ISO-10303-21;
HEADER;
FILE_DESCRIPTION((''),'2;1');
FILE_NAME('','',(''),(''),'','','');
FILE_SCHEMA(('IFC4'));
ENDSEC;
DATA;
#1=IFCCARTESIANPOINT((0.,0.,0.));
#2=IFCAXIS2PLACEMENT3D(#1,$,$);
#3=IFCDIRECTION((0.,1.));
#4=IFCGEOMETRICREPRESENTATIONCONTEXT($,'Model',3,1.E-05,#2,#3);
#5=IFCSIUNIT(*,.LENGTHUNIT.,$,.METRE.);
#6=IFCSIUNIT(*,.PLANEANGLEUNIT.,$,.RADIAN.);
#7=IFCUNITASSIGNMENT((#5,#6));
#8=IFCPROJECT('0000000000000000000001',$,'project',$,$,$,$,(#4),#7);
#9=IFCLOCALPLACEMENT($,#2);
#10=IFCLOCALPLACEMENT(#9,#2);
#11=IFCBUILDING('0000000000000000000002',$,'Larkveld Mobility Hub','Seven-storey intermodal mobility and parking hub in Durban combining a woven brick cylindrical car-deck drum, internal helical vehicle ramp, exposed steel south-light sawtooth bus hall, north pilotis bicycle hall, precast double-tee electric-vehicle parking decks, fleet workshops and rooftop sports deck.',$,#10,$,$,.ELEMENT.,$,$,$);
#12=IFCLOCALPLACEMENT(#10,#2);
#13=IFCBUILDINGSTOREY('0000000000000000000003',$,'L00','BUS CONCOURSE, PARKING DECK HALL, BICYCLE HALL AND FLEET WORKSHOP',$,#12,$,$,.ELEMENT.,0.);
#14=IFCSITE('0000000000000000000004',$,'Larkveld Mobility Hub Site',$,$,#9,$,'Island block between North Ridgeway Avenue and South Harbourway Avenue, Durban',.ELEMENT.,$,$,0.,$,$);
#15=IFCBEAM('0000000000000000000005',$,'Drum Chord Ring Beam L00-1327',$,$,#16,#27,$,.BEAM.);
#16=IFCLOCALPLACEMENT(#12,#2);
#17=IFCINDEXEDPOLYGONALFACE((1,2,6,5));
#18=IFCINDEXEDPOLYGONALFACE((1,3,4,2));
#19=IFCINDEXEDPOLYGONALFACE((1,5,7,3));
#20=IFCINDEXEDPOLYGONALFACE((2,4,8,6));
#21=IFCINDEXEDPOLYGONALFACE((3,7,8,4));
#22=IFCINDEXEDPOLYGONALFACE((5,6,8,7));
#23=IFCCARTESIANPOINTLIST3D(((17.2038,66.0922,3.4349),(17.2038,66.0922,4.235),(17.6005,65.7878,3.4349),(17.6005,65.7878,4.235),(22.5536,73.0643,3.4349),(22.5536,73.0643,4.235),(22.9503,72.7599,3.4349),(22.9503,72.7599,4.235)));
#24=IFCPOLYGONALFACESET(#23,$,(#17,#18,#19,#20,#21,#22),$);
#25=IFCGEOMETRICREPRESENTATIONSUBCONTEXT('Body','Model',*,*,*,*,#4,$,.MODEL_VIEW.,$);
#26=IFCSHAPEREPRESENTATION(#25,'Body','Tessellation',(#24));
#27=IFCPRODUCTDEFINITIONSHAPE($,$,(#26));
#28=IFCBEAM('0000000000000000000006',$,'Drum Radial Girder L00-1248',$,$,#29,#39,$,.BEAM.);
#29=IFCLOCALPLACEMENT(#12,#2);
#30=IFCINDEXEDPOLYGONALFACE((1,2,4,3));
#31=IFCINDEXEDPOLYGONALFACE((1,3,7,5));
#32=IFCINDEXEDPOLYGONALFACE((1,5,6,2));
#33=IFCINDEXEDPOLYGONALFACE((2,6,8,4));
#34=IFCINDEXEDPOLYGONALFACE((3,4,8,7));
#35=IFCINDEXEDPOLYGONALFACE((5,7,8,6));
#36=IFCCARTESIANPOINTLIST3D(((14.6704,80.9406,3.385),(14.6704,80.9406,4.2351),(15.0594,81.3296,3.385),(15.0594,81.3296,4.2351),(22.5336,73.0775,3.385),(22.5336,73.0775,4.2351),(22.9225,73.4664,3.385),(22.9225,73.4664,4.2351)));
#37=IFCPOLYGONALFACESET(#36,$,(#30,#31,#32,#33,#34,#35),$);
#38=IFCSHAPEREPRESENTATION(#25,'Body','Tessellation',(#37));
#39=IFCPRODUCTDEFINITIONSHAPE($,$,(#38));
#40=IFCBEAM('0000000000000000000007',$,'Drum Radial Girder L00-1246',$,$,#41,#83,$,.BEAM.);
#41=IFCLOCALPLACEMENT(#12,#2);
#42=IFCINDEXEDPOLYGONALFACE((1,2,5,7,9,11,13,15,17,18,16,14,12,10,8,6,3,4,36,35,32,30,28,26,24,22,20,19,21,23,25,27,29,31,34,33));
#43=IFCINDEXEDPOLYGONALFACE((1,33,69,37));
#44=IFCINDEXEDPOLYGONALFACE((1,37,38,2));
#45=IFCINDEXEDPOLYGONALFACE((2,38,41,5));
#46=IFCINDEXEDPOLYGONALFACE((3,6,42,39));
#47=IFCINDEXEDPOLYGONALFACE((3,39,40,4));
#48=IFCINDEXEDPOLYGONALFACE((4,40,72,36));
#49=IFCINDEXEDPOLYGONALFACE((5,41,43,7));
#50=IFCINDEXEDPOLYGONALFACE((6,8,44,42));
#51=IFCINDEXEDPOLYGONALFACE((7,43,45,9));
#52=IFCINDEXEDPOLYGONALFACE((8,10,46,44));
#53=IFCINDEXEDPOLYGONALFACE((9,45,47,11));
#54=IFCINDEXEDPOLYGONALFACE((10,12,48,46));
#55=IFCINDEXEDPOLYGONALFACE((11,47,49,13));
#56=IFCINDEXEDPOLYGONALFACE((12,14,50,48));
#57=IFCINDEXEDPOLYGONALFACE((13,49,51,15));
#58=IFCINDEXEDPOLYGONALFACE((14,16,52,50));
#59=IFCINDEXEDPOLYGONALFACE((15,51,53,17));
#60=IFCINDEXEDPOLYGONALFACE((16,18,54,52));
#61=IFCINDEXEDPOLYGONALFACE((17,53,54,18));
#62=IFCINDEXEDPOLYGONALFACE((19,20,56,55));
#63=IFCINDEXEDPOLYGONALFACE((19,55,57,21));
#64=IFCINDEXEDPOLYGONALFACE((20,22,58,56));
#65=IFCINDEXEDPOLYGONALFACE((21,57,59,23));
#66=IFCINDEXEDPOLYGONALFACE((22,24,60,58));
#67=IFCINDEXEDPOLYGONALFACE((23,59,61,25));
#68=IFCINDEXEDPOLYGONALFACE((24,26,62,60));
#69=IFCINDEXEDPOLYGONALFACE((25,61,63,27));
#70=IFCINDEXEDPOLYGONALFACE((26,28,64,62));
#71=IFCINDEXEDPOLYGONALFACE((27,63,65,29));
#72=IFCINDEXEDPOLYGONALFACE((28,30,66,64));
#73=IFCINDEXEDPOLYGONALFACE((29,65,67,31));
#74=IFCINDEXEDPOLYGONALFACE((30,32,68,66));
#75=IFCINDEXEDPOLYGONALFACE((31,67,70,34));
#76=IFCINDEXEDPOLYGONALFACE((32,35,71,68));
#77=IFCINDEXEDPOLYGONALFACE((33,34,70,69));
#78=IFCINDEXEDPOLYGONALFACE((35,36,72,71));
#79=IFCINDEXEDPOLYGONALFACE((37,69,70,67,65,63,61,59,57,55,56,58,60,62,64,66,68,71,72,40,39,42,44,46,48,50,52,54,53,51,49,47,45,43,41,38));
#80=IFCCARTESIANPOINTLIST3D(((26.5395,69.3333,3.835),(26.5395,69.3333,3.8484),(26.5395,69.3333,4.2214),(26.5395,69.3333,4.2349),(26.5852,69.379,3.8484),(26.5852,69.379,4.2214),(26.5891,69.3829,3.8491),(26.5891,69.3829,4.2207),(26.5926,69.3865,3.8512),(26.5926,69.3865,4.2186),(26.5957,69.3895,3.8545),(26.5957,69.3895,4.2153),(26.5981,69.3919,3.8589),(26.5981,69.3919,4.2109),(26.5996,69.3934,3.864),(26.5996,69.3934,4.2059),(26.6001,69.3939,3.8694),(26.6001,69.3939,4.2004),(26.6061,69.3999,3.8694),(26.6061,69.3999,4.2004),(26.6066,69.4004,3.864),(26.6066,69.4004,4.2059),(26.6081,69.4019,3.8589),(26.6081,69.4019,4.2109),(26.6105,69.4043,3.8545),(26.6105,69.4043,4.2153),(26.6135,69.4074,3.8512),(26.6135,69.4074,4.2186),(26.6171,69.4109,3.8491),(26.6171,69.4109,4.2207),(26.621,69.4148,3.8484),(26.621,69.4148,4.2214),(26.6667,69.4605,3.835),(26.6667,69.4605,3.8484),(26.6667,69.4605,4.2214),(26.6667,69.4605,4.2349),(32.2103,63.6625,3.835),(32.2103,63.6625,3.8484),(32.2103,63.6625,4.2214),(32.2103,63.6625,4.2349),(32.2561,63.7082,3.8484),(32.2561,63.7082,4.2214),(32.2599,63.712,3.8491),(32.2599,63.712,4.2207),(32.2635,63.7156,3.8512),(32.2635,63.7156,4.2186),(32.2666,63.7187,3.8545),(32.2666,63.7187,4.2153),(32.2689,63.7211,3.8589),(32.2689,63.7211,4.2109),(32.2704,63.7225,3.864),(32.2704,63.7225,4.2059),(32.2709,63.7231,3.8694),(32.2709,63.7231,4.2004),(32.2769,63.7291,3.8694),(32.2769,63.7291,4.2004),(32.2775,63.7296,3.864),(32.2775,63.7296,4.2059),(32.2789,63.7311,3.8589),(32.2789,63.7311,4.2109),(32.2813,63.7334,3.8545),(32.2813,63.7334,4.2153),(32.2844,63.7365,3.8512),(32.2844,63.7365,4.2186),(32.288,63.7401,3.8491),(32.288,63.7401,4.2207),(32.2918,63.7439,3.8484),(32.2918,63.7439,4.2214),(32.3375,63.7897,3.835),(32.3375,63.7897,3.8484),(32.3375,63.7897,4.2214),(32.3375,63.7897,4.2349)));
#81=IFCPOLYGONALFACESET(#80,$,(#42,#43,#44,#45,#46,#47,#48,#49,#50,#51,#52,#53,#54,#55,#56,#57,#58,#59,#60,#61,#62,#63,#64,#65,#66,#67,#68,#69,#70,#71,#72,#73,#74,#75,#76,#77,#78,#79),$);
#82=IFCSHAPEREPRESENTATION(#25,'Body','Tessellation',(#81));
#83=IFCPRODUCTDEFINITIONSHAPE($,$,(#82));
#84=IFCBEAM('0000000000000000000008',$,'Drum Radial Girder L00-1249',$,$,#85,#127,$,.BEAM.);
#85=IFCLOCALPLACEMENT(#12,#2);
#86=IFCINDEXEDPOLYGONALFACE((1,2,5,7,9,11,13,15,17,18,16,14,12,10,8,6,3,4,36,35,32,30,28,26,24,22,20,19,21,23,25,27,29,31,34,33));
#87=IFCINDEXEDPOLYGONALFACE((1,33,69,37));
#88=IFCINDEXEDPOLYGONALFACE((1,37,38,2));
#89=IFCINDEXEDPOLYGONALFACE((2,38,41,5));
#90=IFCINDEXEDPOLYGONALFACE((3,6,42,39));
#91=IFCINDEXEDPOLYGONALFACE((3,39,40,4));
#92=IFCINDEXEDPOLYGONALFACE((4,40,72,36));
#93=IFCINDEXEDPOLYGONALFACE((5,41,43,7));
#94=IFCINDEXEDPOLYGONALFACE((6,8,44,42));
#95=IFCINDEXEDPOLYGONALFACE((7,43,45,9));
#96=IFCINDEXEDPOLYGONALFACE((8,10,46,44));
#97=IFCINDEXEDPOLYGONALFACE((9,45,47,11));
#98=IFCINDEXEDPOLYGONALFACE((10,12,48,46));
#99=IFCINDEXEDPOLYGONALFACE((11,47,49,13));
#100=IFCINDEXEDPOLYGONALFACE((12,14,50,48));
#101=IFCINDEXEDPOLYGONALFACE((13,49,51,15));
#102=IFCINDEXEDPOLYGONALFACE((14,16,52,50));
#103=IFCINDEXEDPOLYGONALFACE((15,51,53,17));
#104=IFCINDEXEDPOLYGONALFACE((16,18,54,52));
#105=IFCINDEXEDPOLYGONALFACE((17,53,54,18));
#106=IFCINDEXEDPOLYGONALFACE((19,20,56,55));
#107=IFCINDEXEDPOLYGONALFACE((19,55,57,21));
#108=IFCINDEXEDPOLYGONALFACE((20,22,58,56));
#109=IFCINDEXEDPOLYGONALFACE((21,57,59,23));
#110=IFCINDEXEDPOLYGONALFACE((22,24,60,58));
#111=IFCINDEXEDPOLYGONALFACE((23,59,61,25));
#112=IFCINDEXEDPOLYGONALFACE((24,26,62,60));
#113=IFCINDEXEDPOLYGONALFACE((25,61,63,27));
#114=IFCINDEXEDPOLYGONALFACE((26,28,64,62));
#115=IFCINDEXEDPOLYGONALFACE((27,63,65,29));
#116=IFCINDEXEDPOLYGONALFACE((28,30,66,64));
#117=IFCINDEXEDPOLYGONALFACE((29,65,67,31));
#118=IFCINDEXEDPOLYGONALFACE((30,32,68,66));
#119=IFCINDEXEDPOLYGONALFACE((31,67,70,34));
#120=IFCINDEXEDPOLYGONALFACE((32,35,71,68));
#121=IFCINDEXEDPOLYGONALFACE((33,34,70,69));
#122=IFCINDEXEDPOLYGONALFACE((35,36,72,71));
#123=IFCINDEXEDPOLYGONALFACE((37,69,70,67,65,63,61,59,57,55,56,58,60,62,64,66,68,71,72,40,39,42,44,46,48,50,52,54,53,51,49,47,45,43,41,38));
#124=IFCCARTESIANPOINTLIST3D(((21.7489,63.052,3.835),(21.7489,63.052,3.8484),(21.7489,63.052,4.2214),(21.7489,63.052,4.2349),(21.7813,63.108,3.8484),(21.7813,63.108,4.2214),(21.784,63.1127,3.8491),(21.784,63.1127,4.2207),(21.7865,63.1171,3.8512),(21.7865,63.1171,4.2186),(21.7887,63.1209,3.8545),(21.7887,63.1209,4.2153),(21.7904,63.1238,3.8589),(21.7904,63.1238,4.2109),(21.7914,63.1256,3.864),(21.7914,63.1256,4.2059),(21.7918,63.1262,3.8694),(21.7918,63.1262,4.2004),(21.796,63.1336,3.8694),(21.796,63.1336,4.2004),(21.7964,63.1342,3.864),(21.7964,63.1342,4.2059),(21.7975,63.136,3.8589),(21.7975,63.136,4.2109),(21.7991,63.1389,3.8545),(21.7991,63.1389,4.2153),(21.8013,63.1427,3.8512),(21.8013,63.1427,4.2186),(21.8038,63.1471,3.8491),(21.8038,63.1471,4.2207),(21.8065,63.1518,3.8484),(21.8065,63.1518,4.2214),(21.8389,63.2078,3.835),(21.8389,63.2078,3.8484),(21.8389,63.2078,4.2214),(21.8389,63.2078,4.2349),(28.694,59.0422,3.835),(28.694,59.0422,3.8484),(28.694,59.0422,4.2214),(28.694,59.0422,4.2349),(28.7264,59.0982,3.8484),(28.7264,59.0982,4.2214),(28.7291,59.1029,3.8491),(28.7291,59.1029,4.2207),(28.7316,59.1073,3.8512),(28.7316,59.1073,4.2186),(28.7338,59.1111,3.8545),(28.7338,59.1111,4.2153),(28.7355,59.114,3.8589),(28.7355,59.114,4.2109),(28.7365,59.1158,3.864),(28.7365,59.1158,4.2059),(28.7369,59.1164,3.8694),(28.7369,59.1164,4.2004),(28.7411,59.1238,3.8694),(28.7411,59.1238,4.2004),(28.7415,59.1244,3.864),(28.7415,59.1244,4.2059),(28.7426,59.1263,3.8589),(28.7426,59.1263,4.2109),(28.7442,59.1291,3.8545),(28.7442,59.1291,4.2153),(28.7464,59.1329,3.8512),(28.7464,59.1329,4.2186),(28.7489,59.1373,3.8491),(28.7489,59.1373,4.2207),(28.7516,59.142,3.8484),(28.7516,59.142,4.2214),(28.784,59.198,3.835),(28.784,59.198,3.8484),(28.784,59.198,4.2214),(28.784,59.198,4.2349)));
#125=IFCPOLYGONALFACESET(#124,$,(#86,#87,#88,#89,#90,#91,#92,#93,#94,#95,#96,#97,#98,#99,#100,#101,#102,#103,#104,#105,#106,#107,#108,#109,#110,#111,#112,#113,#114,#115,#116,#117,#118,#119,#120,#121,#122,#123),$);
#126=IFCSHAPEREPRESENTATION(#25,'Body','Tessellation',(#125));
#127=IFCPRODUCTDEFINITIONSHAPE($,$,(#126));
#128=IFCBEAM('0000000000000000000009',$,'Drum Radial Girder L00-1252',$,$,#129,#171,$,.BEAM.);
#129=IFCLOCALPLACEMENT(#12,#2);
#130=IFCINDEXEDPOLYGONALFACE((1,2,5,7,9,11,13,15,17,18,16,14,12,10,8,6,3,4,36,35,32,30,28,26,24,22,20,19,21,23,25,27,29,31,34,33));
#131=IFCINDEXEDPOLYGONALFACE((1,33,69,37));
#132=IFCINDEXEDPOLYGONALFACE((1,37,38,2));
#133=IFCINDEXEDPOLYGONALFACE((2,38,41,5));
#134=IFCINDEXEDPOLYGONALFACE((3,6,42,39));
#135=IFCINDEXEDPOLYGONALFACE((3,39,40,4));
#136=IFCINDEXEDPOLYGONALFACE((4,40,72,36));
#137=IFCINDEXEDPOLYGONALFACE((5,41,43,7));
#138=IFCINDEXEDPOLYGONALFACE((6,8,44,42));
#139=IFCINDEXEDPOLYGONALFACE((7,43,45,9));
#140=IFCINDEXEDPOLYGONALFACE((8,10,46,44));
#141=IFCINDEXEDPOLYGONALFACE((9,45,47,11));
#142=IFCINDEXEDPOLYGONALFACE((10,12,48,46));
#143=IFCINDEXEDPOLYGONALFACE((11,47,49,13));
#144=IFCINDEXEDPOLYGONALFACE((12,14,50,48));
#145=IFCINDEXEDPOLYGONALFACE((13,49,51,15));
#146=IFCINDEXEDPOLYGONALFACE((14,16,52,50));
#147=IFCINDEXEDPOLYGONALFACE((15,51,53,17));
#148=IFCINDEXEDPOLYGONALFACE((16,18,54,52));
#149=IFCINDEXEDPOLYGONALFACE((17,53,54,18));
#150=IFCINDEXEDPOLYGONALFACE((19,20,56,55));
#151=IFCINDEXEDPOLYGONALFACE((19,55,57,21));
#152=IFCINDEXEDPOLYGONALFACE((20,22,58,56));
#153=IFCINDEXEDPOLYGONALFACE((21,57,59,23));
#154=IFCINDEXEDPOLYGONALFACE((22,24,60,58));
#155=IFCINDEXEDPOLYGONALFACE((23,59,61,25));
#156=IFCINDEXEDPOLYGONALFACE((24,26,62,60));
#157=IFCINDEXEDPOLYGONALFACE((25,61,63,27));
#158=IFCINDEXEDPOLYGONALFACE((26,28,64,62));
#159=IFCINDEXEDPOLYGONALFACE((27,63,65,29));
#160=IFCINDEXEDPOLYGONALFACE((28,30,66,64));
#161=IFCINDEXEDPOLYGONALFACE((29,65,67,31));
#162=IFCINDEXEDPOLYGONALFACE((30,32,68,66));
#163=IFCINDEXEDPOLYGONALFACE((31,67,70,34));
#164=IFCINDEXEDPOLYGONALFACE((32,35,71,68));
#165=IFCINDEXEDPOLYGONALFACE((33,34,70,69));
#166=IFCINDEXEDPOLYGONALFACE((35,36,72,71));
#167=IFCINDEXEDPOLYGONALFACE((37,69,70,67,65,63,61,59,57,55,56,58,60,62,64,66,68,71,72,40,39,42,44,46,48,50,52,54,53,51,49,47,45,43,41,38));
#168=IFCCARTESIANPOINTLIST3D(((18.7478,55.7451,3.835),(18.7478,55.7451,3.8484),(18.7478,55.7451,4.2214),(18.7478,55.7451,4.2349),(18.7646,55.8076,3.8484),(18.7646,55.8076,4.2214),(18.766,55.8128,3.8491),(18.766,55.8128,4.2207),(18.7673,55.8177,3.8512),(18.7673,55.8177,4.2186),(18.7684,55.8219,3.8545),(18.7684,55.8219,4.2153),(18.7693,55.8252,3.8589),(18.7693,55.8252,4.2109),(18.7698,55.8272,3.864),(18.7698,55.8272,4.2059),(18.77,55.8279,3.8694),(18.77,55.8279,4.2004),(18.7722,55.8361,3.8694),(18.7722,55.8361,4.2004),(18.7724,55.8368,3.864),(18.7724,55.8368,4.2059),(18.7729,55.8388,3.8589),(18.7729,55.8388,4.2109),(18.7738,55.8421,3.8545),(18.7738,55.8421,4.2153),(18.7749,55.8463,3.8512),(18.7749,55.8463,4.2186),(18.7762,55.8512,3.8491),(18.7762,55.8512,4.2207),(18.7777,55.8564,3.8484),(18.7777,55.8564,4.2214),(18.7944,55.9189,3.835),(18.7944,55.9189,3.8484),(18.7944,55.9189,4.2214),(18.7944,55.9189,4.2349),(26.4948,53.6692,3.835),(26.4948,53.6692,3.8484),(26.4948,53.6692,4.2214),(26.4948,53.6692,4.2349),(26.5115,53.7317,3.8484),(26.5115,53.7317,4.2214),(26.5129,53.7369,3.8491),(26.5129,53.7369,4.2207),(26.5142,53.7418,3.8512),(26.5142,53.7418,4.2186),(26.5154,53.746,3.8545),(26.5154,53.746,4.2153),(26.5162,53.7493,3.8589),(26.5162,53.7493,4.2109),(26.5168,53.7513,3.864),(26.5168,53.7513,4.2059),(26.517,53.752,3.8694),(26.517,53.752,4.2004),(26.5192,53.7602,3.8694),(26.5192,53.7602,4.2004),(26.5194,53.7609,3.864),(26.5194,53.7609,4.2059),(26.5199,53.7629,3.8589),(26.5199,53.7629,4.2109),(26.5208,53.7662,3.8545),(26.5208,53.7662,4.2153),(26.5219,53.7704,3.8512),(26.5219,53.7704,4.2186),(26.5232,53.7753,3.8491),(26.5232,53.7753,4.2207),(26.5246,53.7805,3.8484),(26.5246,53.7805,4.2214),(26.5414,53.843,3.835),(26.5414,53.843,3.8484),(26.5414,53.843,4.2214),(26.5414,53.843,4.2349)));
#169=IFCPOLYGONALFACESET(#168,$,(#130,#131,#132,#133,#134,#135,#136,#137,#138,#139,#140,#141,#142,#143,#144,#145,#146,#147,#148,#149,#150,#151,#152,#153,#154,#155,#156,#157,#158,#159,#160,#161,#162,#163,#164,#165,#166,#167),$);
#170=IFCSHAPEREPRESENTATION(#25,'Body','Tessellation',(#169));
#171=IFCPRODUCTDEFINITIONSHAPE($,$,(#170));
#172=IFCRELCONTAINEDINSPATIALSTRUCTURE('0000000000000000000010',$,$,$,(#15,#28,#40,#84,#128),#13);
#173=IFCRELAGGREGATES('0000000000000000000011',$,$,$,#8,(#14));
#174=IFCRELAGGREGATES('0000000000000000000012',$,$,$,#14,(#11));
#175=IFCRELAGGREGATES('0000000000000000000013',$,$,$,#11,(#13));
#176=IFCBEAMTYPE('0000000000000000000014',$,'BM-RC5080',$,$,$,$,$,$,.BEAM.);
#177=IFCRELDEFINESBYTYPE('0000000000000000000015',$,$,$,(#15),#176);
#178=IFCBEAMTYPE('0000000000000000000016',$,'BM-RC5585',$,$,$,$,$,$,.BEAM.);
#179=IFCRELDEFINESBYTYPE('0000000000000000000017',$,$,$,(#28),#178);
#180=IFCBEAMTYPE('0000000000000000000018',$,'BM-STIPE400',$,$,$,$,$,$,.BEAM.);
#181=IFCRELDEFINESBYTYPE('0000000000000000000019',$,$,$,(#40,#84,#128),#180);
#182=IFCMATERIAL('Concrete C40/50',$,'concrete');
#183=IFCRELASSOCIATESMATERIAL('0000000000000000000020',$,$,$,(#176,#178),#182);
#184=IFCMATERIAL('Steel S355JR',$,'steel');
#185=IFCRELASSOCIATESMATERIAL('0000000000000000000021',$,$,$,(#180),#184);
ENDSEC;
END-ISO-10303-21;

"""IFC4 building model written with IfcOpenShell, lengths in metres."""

from ifc_helpers import new_model, si_unit, direction, frame, origin, origin_2d, place, context, subcontext, project, spatial, rectangle, i_section, extrude, material, material_profile, profile_set, type_object, element, save


model = new_model("IFC4")

# Units and contexts
model_context = context("Model", 3, precision=1e-05, world=origin(), true_north=direction((0.0, 1.0)))
body_context = subcontext(model_context, "Body", "Model", "MODEL_VIEW")
ifc_project = project(units=[si_unit("LENGTHUNIT", "METRE"), si_unit("PLANEANGLEUNIT", "RADIAN")], contexts=[model_context])

# Site, building, storey
site_placement = place(None, origin())
site = spatial("IfcSite", under=ifc_project, at=site_placement, Name="Larkveld Mobility Hub Site", LongName="Island block between North Ridgeway Avenue and South Harbourway Avenue, Durban", CompositionType="ELEMENT", RefElevation=0.0)
building_placement = place(site_placement, origin())
building = spatial("IfcBuilding", under=site, at=building_placement, Name="Larkveld Mobility Hub", Description="Seven-storey intermodal mobility and parking hub in Durban combining a woven brick cylindrical car-deck drum, internal helical vehicle ramp, exposed steel south-light sawtooth bus hall, north pilotis bicycle hall, precast double-tee electric-vehicle parking decks, fleet workshops and rooftop sports deck.", CompositionType="ELEMENT")
storey_placement = place(building_placement, origin())
storey = spatial("IfcBuildingStorey", under=building, at=storey_placement, Name="L00", Description="BUS CONCOURSE, PARKING DECK HALL, BICYCLE HALL AND FLEET WORKSHOP", CompositionType="ELEMENT", Elevation=0.0)

# Shared definitions
ifc_material_1 = material(Name="Concrete C40/50", Category="concrete")

# Beams
ifc_material_profile_1 = material_profile(ifc_material_1, rectangle(XDim=0.5, YDim=0.8, at=origin_2d()), Name="RC BM 500x800")
ifc_profile_set_1 = profile_set([ifc_material_profile_1], Name="Concrete C40/50")
beam_type_1 = type_object("IfcBeamType", Name="BM-RC5080", PredefinedType="BEAM", material=ifc_profile_set_1)
beam_1_placement = place(storey_placement, frame((22.752, 72.9121, 3.835), z_axis=(-0.608756, -0.793358, 0.0), x_axis=(0.793358, -0.608756, 0.0)))
element("IfcBeam", 1, at=beam_1_placement, inside=storey, type_object=beam_type_1, Name="Drum Chord Ring Beam L00-1327", PredefinedType="BEAM", context=body_context, shape_type="SweptSolid", body=[
    extrude(rectangle(XDim=0.5, YDim=0.8, at=origin_2d()), origin(), (0.0, 0.0, 1.0), 8.7881),
])
ifc_material_profile_2 = material_profile(ifc_material_1, rectangle(XDim=0.55, YDim=0.8501, at=origin_2d()), Name="RC BM 550x850")
ifc_profile_set_2 = profile_set([ifc_material_profile_2], Name="Concrete C40/50")
beam_type_2 = type_object("IfcBeamType", Name="BM-RC5585", PredefinedType="BEAM", material=ifc_profile_set_2)
beam_2_placement = place(storey_placement, frame((22.728, 73.272, 3.8101), z_axis=(-0.707107, 0.707107, 0.0), x_axis=(-0.707107, -0.707107, 0.0)))
element("IfcBeam", 2, at=beam_2_placement, inside=storey, type_object=beam_type_2, Name="Drum Radial Girder L00-1248", PredefinedType="BEAM", context=body_context, shape_type="SweptSolid", body=[
    extrude(rectangle(XDim=0.55, YDim=0.8501, at=origin_2d()), origin(), (0.0, 0.0, 1.0), 11.1201),
])
ifc_material_2 = material(Name="Steel S355JR", Category="steel")
ifc_material_profile_3 = material_profile(ifc_material_2, i_section(OverallWidth=0.1799, OverallDepth=0.3999, WebThickness=0.0085, FlangeThickness=0.0134, FilletRadius=0.021, at=origin_2d()), Name="IPE 400")
ifc_profile_set_3 = profile_set([ifc_material_profile_3], Name="Steel S355JR")
beam_type_3 = type_object("IfcBeamType", Name="BM-STIPE400", PredefinedType="BEAM", material=ifc_profile_set_3)
beam_3_placement = place(storey_placement, frame((32.2739, 63.7261, 4.0349), z_axis=(-0.707107, 0.707107, 0.0), x_axis=(-0.707107, -0.707107, 0.0)))
element("IfcBeam", 3, at=beam_3_placement, inside=storey, type_object=beam_type_3, Name="Drum Radial Girder L00-1246", PredefinedType="BEAM", context=body_context, shape_type="SweptSolid", body=[
    extrude(i_section(OverallWidth=0.1799, OverallDepth=0.3999, WebThickness=0.0085, FlangeThickness=0.0134, FilletRadius=0.021, at=origin_2d()), origin(), (0.0, 0.0, 1.0), 8.0198),
])
beam_4_placement = place(storey_placement, frame((28.739, 59.1201, 4.0349), z_axis=(-0.866024, 0.500003, 0.0), x_axis=(-0.500003, -0.866024, 0.0)))
element("IfcBeam", 4, at=beam_4_placement, inside=storey, type_object=beam_type_3, Name="Drum Radial Girder L00-1249", PredefinedType="BEAM", context=body_context, shape_type="SweptSolid", body=[
    extrude(i_section(OverallWidth=0.1799, OverallDepth=0.3999, WebThickness=0.0085, FlangeThickness=0.0134, FilletRadius=0.021, at=origin_2d()), origin(), (0.0, 0.0, 1.0), 8.0195),
])
beam_5_placement = place(storey_placement, frame((26.5181, 53.7561, 4.0349), z_axis=(-0.965923, 0.258831, 0.0), x_axis=(-0.258831, -0.965923, 0.0)))
element("IfcBeam", 5, at=beam_5_placement, inside=storey, type_object=beam_type_3, Name="Drum Radial Girder L00-1252", PredefinedType="BEAM", context=body_context, shape_type="SweptSolid", body=[
    extrude(i_section(OverallWidth=0.1799, OverallDepth=0.3999, WebThickness=0.0085, FlangeThickness=0.0134, FilletRadius=0.021, at=origin_2d()), origin(), (0.0, 0.0, 1.0), 8.0203),
])

save(model, "model.ifc")
